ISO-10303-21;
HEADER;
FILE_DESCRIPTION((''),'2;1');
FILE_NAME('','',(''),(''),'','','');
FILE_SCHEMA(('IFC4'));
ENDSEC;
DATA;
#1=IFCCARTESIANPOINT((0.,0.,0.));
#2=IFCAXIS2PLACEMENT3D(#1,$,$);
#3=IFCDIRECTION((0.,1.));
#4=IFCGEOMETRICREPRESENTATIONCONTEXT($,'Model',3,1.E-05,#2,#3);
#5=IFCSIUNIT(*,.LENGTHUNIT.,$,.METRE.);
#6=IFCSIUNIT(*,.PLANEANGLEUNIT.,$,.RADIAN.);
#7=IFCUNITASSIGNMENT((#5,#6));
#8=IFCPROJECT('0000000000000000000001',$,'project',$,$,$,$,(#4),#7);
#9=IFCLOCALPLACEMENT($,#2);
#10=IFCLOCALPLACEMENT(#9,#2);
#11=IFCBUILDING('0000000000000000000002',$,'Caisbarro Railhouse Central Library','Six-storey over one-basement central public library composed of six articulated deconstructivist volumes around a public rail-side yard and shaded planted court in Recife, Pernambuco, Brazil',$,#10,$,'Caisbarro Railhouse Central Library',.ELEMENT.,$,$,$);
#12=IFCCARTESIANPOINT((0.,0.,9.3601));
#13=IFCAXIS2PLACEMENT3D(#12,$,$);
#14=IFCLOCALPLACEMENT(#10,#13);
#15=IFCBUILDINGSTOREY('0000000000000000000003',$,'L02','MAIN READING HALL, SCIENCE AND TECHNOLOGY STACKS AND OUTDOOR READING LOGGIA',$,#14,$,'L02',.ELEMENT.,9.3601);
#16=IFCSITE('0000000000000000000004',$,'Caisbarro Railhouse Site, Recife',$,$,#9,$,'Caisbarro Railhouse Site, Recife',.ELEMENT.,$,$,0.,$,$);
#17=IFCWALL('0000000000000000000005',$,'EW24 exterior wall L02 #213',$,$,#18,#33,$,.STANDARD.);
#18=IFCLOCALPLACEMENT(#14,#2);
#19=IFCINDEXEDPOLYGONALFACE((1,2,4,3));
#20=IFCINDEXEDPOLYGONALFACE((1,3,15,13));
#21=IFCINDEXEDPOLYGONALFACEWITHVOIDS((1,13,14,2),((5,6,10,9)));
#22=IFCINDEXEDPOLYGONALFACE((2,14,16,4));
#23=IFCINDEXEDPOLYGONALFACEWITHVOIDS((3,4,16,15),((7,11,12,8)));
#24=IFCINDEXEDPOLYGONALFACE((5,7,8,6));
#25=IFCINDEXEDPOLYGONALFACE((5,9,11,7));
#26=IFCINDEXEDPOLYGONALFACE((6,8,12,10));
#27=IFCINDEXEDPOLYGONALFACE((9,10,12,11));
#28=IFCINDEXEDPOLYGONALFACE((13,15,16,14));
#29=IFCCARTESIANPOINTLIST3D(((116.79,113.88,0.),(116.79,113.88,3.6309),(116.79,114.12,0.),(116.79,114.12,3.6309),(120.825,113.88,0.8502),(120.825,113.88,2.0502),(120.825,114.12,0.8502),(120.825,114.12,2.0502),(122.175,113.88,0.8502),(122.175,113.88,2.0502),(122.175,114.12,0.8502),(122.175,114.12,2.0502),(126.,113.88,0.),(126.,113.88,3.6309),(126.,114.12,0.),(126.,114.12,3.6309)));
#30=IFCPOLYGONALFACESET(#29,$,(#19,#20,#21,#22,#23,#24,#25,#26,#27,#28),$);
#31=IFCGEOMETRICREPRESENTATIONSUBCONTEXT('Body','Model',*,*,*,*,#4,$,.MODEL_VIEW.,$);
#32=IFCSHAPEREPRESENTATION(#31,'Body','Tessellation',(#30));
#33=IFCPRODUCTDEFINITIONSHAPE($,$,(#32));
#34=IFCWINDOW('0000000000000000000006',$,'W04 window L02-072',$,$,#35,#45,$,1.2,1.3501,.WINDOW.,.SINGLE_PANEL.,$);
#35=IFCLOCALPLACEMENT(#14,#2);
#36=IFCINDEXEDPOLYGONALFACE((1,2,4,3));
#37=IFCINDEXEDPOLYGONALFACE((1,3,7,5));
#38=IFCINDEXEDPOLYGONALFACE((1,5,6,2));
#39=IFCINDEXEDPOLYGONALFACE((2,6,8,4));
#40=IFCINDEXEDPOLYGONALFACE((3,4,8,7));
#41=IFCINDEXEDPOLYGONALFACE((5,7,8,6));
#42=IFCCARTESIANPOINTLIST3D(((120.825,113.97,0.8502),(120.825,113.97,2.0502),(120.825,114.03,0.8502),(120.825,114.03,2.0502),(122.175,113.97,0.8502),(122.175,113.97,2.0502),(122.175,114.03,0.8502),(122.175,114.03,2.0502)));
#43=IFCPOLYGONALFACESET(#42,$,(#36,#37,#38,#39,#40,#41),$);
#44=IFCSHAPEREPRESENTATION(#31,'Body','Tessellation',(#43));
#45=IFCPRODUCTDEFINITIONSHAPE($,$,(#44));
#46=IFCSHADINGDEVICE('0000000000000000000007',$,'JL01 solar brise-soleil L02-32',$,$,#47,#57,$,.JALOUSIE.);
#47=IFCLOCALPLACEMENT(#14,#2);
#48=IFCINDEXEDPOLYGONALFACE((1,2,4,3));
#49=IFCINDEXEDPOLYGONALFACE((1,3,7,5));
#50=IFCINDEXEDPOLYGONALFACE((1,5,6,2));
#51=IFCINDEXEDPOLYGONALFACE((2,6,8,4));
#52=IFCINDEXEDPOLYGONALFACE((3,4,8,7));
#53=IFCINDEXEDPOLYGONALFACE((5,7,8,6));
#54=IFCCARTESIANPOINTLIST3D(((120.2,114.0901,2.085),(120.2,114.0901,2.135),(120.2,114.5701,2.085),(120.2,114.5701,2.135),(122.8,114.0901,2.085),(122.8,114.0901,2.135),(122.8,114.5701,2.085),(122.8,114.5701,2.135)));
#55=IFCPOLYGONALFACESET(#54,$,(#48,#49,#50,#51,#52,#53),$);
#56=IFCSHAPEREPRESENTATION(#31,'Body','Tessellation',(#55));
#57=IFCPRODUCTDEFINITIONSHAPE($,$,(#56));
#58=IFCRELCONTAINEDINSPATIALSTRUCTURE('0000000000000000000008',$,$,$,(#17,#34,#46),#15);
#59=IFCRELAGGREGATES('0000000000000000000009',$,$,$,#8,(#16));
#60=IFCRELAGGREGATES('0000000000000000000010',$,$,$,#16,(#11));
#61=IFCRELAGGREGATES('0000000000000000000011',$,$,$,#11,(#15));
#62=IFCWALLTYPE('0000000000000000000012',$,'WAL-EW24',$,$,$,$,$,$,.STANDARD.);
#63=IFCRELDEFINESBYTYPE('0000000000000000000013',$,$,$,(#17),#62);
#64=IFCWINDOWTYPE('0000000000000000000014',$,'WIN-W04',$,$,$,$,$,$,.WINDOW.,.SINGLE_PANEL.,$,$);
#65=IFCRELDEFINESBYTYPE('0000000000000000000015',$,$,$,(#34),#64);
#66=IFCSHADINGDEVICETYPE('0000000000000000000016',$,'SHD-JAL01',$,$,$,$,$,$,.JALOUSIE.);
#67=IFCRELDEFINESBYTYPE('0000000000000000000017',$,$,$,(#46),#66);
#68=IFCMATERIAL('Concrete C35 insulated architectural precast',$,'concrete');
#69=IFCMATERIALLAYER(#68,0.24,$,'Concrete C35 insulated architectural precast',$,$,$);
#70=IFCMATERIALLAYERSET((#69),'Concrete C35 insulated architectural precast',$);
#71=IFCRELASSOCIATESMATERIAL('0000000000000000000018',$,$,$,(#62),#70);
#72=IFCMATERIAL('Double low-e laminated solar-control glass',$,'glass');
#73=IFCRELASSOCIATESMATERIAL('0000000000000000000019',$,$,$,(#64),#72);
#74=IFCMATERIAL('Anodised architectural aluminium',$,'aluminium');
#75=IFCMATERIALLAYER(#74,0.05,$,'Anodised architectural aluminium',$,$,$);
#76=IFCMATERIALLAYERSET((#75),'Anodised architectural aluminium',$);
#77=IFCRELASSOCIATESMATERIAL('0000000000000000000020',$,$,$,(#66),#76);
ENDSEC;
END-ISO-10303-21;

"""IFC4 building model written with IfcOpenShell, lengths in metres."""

from ifc_helpers import new_model, si_unit, direction, frame, frame_2d, origin, origin_2d, place, context, subcontext, project, spatial, rectangle, extrude, material, layer, layer_set, type_object, element, fill, save


model = new_model("IFC4")

# Units and contexts
model_context = context("Model", 3, precision=1e-05, world=origin(), true_north=direction((0.0, 1.0)))
body_context = subcontext(model_context, "Body", "Model", "MODEL_VIEW")
ifc_project = project(units=[si_unit("LENGTHUNIT", "METRE"), si_unit("PLANEANGLEUNIT", "RADIAN")], contexts=[model_context])

# Site, building, storey
site_placement = place(None, origin())
site = spatial("IfcSite", under=ifc_project, at=site_placement, Name="Caisbarro Railhouse Site, Recife", LongName="Caisbarro Railhouse Site, Recife", CompositionType="ELEMENT", RefElevation=0.0)
building_placement = place(site_placement, origin())
building = spatial("IfcBuilding", under=site, at=building_placement, Name="Caisbarro Railhouse Central Library", Description="Six-storey over one-basement central public library composed of six articulated deconstructivist volumes around a public rail-side yard and shaded planted court in Recife, Pernambuco, Brazil", LongName="Caisbarro Railhouse Central Library", CompositionType="ELEMENT")
storey_placement = place(building_placement, frame((0.0, 0.0, 9.3601)))
storey = spatial("IfcBuildingStorey", under=building, at=storey_placement, Name="L02", Description="MAIN READING HALL, SCIENCE AND TECHNOLOGY STACKS AND OUTDOOR READING LOGGIA", LongName="L02", CompositionType="ELEMENT", Elevation=9.3601)

# Shared definitions
ifc_material_1 = material(Name="Anodised architectural aluminium", Category="aluminium")
ifc_material_2 = material(Name="Double low-e laminated solar-control glass", Category="glass")

# Wall, opening, window
ifc_material_3 = material(Name="Concrete C35 insulated architectural precast", Category="concrete")
ifc_layer_1 = layer(ifc_material_3, 0.24, Name="Concrete C35 insulated architectural precast")
ifc_layer_set_1 = layer_set([ifc_layer_1], Name="Concrete C35 insulated architectural precast")
wall_type = type_object("IfcWallType", Name="WAL-EW24", PredefinedType="STANDARD", material=ifc_layer_set_1)
wall_placement = place(storey_placement, frame((116.79, 114.0, 0.0), z_axis=(0.0, 0.0, 1.0), x_axis=(1.0, 0.0, 0.0)))
wall = element("IfcWall", 1, at=wall_placement, inside=storey, type_object=wall_type, Name="EW24 exterior wall L02 #213", PredefinedType="STANDARD", context=body_context, shape_type="SweptSolid", body=[
    extrude(rectangle(XDim=9.21, YDim=0.24, at=frame_2d((4.605, 0.0))), origin(), (0.0, 0.0, 1.0), 3.6309),
])
opening_placement = place(wall_placement, frame((4.0349, 0.0, 0.8501)))
opening = element("IfcOpeningElement", 2, at=opening_placement, cuts=wall, PredefinedType="OPENING", context=body_context, shape_type="SweptSolid", body=[
    extrude(rectangle(XDim=1.3501, YDim=1.2, at=frame_2d((0.675, 0.6001))), frame((0.0, 0.1299, 0.0), z_axis=(0.0, -1.0, 0.0), x_axis=(1.0, 0.0, 0.0)), (0.0, 0.0, 1.0), 0.26),
])
window_type = type_object("IfcWindowType", Name="WIN-W04", PartitioningType="SINGLE_PANEL", PredefinedType="WINDOW", material=ifc_material_2)
window_placement = place(opening_placement, origin())
window = element("IfcWindow", 3, at=window_placement, inside=storey, type_object=window_type, Name="W04 window L02-072", OverallHeight=1.2, OverallWidth=1.3501, PartitioningType="SINGLE_PANEL", PredefinedType="WINDOW", context=body_context, shape_type="SweptSolid", body=[
    extrude(rectangle(XDim=1.3501, YDim=1.2, at=frame_2d((0.675, 0.6001))), frame((0.0, 0.03, 0.0), z_axis=(0.0, -1.0, 0.0), x_axis=(1.0, 0.0, 0.0)), (0.0, 0.0, 1.0), 0.0601),
])
fill(opening, window)

# Shading device
ifc_layer_2 = layer(ifc_material_1, 0.05, Name="Anodised architectural aluminium")
ifc_layer_set_2 = layer_set([ifc_layer_2], Name="Anodised architectural aluminium")
shading_device_type = type_object("IfcShadingDeviceType", Name="SHD-JAL01", PredefinedType="JALOUSIE", material=ifc_layer_set_2)
shading_device_placement = place(storey_placement, frame((121.5, 114.3301, 2.085), z_axis=(0.0, 0.0, 1.0), x_axis=(1.0, 0.0, 0.0)))
element("IfcShadingDevice", 4, at=shading_device_placement, inside=storey, type_object=shading_device_type, Name="JL01 solar brise-soleil L02-32", PredefinedType="JALOUSIE", context=body_context, shape_type="SweptSolid", body=[
    extrude(rectangle(XDim=2.6001, YDim=0.48, at=origin_2d()), origin(), (0.0, 0.0, 1.0), 0.05),
])

save(model, "model.ifc")
